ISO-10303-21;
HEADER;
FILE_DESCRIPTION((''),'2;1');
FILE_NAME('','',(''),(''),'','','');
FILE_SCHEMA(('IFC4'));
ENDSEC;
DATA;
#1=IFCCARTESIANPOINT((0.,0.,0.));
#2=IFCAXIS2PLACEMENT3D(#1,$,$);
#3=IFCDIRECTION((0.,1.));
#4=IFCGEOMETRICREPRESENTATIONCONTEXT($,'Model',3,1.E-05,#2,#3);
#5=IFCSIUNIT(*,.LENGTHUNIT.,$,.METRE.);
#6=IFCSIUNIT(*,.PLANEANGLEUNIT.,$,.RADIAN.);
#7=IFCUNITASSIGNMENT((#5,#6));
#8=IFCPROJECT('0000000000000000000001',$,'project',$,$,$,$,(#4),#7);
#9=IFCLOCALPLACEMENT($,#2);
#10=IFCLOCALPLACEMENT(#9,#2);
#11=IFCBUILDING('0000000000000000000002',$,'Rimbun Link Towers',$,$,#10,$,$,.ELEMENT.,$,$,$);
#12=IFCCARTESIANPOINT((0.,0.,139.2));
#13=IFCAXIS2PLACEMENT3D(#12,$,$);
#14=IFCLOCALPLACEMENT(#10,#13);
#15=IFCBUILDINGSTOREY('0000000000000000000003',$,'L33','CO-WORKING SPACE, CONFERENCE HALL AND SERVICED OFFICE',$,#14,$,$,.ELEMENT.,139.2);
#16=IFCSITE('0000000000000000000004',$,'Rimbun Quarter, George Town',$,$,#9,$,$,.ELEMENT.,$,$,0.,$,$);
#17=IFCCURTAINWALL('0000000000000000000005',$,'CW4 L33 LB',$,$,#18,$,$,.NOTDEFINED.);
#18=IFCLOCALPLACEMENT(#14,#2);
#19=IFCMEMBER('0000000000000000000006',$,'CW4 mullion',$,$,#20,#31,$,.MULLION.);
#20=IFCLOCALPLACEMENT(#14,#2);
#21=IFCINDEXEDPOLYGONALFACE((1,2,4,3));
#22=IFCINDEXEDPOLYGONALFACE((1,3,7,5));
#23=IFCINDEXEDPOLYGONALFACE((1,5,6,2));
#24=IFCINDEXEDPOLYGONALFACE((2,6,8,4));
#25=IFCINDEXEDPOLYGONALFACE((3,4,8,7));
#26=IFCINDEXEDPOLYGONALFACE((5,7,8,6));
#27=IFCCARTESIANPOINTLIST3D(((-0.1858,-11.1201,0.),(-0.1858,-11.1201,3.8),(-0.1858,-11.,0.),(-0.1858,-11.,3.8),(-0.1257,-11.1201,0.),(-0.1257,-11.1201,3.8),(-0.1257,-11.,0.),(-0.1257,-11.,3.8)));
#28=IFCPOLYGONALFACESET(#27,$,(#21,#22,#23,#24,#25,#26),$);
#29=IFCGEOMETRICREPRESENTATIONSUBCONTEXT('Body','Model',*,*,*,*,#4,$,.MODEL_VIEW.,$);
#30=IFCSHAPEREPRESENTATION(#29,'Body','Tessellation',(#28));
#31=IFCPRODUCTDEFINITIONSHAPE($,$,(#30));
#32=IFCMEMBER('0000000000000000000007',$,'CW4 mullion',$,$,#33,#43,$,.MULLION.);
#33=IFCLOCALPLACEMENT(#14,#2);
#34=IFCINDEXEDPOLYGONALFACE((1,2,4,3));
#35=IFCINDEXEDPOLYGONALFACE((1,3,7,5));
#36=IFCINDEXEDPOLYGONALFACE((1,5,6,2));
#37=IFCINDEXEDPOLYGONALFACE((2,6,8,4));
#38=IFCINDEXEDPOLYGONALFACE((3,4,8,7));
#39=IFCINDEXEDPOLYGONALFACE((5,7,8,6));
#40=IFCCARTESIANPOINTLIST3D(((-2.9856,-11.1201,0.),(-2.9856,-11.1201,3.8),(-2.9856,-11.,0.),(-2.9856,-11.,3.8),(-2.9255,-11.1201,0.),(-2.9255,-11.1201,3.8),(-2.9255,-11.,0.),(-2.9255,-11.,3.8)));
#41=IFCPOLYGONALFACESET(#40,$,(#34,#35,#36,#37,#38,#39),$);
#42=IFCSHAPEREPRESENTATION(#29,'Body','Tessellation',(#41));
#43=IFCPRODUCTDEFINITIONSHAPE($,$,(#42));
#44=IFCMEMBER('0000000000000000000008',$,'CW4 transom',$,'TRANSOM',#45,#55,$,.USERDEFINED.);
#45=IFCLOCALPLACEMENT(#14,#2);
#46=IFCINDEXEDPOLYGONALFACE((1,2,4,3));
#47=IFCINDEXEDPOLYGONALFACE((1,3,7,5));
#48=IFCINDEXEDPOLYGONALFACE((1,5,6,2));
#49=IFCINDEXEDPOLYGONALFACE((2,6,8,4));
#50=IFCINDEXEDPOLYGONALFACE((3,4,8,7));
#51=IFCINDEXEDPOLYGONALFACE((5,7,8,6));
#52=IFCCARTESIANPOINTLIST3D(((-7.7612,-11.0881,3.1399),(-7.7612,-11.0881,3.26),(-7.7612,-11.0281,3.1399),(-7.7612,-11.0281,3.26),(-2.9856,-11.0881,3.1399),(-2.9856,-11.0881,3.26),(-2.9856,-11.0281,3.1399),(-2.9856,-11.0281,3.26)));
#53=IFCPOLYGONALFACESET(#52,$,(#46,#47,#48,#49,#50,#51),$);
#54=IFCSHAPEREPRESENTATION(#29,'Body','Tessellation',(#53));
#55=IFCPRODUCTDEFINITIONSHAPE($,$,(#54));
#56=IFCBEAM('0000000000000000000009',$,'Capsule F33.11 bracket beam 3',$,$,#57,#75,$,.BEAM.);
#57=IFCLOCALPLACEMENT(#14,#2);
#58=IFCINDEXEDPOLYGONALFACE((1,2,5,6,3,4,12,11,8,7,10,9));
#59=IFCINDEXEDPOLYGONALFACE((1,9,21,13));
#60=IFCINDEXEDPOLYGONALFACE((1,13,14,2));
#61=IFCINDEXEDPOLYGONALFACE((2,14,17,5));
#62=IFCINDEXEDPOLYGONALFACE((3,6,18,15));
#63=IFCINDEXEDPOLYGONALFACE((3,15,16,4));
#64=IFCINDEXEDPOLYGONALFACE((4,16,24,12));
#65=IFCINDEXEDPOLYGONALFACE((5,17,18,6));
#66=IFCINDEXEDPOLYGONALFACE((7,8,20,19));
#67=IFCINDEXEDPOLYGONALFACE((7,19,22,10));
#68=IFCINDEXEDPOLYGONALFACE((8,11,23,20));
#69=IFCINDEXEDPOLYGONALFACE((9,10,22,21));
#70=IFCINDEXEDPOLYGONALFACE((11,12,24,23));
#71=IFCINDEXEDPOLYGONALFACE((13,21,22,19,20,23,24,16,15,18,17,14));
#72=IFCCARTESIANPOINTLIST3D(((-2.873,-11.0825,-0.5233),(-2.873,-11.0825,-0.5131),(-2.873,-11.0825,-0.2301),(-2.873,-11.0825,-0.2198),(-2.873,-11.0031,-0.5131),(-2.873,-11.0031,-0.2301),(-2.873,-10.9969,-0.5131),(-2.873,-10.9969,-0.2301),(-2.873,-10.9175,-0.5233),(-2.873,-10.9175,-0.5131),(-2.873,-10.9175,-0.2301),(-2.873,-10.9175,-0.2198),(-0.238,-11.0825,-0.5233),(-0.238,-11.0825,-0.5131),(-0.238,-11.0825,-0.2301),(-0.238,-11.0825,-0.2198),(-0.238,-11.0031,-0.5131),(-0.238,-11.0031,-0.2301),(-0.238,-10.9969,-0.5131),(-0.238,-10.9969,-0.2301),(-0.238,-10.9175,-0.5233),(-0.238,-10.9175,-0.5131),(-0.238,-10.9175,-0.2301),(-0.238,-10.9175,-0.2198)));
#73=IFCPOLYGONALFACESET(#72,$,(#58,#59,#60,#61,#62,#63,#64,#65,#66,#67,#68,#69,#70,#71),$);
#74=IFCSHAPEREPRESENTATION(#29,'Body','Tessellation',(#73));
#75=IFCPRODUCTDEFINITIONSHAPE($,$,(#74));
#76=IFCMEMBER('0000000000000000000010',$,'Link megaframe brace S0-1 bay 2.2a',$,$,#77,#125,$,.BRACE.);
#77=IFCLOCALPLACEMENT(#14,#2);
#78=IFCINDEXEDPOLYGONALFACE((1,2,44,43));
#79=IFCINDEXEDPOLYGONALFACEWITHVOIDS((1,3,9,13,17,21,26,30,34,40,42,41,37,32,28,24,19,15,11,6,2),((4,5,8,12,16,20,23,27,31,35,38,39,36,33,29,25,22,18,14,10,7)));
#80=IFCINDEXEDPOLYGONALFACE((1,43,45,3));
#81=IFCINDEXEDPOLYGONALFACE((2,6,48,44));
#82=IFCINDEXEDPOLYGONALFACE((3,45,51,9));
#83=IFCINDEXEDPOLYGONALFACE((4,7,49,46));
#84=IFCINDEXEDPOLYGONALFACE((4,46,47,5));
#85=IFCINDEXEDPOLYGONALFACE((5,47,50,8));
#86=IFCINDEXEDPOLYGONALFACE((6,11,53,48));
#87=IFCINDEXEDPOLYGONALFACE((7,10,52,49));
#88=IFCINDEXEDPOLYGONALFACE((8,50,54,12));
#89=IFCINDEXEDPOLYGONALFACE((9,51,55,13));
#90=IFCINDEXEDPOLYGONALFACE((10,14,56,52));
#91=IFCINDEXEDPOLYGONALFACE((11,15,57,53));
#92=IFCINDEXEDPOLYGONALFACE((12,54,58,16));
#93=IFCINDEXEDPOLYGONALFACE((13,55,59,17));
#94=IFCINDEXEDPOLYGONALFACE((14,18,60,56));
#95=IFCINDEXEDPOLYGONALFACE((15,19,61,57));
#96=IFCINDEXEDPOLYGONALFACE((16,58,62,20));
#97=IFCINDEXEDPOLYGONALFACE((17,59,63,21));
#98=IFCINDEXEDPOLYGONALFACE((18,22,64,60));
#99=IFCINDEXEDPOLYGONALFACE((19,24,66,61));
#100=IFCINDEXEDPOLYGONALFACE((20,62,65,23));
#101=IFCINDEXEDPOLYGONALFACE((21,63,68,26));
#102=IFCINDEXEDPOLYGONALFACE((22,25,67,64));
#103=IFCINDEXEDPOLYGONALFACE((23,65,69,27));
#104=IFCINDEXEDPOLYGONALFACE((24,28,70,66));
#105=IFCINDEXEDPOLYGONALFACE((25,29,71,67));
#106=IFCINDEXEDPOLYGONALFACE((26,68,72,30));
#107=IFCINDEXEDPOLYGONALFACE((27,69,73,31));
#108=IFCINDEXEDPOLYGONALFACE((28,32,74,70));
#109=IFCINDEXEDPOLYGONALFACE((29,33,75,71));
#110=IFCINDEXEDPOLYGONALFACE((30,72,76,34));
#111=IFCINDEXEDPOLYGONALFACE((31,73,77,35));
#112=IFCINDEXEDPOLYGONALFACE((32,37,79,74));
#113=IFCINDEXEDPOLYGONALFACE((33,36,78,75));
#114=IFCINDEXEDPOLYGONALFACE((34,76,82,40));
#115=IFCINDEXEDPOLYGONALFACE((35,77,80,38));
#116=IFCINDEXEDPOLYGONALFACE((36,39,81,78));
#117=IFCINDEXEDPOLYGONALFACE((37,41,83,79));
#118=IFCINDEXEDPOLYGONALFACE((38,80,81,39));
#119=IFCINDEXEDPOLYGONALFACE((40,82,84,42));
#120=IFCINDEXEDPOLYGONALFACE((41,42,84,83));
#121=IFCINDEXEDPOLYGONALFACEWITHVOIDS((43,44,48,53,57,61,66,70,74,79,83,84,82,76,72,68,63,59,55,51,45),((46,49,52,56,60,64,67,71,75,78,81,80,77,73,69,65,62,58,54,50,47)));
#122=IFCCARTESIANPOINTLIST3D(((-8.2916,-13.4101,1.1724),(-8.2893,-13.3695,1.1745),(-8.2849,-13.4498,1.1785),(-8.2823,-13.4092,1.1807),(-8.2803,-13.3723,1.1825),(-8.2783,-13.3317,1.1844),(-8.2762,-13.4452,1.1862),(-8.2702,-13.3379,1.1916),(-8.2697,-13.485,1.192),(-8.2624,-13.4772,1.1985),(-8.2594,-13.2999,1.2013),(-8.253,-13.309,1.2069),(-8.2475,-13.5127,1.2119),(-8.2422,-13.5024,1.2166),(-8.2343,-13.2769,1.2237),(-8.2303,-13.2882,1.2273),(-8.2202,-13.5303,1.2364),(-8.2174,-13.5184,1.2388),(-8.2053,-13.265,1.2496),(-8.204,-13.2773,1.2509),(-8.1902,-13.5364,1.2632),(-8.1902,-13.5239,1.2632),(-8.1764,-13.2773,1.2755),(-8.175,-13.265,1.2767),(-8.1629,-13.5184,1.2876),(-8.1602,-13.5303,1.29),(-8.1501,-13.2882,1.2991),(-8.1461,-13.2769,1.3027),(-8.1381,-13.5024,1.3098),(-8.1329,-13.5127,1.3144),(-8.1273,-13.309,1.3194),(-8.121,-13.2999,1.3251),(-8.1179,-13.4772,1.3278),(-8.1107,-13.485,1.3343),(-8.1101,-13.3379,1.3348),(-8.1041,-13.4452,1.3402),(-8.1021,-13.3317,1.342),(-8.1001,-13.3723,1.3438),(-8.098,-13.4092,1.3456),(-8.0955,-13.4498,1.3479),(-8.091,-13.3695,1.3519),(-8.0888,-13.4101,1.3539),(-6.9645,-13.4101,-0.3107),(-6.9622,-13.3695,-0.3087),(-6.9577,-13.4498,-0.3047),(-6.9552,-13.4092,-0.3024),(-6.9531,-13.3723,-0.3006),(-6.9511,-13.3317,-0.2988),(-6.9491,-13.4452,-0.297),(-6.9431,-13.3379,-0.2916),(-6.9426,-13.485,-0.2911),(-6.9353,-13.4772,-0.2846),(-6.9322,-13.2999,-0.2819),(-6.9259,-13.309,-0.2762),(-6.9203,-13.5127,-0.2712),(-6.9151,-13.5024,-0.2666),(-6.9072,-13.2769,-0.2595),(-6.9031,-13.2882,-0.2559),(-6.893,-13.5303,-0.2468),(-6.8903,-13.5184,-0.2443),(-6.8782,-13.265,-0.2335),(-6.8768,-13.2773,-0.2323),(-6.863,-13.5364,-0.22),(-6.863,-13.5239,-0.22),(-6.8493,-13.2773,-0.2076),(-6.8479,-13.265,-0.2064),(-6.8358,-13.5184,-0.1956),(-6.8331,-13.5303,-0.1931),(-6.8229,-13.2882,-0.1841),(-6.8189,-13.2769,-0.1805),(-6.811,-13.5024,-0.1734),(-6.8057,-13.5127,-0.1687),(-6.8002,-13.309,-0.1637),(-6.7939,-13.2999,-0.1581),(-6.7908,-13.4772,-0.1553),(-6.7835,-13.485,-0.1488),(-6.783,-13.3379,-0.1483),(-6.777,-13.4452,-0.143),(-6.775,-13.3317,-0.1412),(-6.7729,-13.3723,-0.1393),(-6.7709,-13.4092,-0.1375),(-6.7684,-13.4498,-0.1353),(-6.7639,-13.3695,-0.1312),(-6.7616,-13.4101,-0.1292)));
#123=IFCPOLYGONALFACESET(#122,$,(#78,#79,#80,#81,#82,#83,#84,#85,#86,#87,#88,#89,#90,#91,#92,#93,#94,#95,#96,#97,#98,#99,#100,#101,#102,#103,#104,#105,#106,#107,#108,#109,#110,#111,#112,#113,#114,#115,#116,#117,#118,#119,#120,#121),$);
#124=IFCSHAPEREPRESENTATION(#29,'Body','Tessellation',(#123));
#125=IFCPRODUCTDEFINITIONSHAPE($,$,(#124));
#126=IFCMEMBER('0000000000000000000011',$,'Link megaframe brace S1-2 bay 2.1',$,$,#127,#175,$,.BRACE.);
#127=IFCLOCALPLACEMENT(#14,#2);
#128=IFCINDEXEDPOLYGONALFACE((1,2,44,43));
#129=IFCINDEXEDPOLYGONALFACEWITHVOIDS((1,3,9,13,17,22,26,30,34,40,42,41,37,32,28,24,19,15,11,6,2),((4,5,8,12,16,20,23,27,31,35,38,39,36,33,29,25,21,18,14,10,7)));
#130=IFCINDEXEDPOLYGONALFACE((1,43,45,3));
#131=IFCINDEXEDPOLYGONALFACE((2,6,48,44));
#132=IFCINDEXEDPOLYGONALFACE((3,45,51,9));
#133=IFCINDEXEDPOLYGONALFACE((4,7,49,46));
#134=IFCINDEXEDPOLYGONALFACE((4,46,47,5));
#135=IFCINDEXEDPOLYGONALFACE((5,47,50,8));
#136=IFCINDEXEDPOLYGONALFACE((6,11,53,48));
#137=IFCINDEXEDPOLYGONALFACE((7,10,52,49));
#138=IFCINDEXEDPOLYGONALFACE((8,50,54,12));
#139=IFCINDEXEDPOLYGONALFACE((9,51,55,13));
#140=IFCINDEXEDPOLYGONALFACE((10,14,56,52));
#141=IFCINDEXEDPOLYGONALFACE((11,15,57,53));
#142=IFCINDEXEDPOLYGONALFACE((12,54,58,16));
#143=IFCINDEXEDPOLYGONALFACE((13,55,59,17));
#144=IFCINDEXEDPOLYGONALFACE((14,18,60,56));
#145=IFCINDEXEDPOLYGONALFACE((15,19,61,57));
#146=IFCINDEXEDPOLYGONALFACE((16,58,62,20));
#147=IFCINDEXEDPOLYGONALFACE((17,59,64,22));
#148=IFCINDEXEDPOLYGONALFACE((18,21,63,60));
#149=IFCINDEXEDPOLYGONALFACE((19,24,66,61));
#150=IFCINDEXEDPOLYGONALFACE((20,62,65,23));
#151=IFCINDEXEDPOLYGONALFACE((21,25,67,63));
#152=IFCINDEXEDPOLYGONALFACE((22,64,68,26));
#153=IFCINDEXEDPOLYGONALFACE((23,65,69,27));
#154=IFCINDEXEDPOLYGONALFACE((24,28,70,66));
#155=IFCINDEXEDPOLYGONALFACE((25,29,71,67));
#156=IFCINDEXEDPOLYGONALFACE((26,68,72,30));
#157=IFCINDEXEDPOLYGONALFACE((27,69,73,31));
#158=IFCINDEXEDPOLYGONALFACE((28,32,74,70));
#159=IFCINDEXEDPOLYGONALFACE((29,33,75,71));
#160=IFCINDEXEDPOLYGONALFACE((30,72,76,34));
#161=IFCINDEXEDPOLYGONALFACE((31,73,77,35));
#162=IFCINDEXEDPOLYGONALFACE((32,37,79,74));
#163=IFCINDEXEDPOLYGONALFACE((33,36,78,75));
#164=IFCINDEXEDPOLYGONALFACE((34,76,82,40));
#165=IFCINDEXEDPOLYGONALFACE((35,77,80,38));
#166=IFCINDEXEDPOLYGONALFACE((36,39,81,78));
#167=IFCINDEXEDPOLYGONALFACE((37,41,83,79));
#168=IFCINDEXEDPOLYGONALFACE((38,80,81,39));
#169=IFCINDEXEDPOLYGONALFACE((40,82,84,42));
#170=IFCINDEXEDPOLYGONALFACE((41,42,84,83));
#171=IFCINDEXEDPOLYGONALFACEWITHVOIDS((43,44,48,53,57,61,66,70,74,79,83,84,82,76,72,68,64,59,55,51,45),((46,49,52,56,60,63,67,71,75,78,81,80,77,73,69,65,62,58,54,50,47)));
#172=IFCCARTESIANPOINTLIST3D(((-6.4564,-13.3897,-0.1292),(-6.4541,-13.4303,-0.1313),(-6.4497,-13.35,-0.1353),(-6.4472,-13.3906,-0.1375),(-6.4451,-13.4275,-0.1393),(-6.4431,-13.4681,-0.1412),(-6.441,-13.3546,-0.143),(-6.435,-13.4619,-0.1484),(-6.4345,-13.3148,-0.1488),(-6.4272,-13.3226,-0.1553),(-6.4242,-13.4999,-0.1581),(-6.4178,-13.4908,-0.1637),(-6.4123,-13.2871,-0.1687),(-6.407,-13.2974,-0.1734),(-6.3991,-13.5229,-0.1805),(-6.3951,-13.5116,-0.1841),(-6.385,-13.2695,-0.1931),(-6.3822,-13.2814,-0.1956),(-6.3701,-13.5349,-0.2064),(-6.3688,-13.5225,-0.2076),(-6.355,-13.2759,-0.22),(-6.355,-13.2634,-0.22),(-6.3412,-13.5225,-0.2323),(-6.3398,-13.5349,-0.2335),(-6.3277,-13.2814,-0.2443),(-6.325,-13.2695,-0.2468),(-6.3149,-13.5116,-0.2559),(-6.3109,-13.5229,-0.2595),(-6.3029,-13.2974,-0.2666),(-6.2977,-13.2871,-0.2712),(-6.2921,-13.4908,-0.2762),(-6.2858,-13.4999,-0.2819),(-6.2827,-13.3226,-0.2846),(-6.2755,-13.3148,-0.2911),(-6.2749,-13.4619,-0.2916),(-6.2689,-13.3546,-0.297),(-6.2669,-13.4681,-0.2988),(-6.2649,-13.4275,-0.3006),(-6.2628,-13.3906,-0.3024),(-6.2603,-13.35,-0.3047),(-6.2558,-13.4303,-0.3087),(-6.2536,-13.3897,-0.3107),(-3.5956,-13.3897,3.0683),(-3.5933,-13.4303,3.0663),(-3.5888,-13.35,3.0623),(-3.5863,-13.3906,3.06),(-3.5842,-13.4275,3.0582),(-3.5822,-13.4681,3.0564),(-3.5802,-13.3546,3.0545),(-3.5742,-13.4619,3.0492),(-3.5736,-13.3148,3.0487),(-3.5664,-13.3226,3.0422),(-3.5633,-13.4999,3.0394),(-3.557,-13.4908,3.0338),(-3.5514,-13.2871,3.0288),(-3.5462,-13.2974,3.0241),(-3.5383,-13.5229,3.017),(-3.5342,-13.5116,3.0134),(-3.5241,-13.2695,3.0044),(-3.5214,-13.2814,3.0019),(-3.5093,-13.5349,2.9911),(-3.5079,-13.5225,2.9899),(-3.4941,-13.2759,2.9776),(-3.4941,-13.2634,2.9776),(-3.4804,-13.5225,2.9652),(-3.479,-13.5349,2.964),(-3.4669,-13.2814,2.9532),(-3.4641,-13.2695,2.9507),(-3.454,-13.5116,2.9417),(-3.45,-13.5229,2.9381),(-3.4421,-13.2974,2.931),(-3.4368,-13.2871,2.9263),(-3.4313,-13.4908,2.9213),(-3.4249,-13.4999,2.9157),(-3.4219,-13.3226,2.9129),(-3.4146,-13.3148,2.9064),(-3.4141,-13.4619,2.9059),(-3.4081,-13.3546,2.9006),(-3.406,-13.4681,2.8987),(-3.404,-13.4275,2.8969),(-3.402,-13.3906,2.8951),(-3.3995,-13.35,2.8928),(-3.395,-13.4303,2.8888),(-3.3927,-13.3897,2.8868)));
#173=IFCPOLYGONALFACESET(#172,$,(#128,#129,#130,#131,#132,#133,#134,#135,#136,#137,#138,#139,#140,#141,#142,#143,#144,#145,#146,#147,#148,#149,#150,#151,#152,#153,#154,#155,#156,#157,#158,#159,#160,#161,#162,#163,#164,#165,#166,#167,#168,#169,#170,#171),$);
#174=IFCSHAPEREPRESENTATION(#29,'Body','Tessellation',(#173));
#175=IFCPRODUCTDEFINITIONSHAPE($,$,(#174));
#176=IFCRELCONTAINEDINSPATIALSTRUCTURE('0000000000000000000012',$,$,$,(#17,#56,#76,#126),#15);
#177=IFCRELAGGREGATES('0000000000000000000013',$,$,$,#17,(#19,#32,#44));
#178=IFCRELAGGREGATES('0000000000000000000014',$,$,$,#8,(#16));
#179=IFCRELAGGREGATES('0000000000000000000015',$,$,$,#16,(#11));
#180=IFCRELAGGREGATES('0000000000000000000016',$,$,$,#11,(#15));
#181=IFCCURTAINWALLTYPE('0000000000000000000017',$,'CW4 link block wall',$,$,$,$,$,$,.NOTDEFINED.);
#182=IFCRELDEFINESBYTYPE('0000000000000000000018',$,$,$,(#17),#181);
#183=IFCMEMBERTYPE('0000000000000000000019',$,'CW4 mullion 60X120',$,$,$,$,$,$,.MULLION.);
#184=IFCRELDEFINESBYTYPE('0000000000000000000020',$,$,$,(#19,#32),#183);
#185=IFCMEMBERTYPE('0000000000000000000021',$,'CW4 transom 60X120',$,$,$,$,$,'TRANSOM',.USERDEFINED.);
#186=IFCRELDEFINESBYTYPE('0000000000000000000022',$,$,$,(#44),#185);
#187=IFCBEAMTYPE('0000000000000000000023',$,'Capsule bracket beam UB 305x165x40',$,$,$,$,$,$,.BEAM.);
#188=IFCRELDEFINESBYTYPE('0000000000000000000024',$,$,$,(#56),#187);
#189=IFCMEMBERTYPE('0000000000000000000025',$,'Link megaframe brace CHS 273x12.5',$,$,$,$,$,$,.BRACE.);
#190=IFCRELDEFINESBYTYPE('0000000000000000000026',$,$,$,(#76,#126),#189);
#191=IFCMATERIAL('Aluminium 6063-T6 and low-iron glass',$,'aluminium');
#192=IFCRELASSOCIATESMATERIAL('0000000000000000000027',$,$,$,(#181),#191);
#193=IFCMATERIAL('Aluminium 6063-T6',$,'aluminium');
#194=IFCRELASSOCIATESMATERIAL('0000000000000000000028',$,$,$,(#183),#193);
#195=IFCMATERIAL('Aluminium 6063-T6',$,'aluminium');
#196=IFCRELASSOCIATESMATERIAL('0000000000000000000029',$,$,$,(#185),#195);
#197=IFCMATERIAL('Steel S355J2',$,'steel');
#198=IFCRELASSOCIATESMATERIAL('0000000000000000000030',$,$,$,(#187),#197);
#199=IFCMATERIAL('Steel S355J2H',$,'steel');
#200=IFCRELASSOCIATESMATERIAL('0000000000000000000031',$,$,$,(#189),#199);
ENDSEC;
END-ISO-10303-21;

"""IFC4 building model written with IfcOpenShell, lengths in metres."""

from ifc_helpers import new_model, si_unit, direction, frame, origin, origin_2d, place, context, subcontext, project, spatial, rectangle, hollow_circle, i_section, extrude, material, material_profile, profile_set, type_object, element, aggregate, save


model = new_model("IFC4")

# Units and contexts
model_context = context("Model", 3, precision=1e-05, world=origin(), true_north=direction((0.0, 1.0)))
body_context = subcontext(model_context, "Body", "Model", "MODEL_VIEW")
ifc_project = project(units=[si_unit("LENGTHUNIT", "METRE"), si_unit("PLANEANGLEUNIT", "RADIAN")], contexts=[model_context])

# Site, building, storey
site_placement = place(None, origin())
site = spatial("IfcSite", under=ifc_project, at=site_placement, Name="Rimbun Quarter, George Town", CompositionType="ELEMENT", RefElevation=0.0)
building_placement = place(site_placement, origin())
building = spatial("IfcBuilding", under=site, at=building_placement, Name="Rimbun Link Towers", CompositionType="ELEMENT")
storey_placement = place(building_placement, frame((0.0, 0.0, 139.2)))
storey = spatial("IfcBuildingStorey", under=building, at=storey_placement, Name="L33", Description="CO-WORKING SPACE, CONFERENCE HALL AND SERVICED OFFICE", CompositionType="ELEMENT", Elevation=139.2)

# Curtain wall, members
ifc_material_1 = material(Name="Aluminium 6063-T6 and low-iron glass", Category="aluminium")
curtain_wall_type = type_object("IfcCurtainWallType", Name="CW4 link block wall", PredefinedType="NOTDEFINED", material=ifc_material_1)
curtain_wall_placement = place(storey_placement, origin())
curtain_wall = element("IfcCurtainWall", 1, at=curtain_wall_placement, inside=storey, type_object=curtain_wall_type, Name="CW4 L33 LB", PredefinedType="NOTDEFINED")
ifc_material_2 = material(Name="Aluminium 6063-T6", Category="aluminium")
ifc_material_profile_1 = material_profile(ifc_material_2, rectangle(XDim=0.1201, YDim=0.0601, at=origin_2d()), Name="MULLION 60X120")
ifc_profile_set_1 = profile_set([ifc_material_profile_1], Name="Aluminium 6063-T6")
member_type_1 = type_object("IfcMemberType", Name="CW4 mullion 60X120", PredefinedType="MULLION", material=ifc_profile_set_1)
member_1_placement = place(storey_placement, frame((-0.1558, -11.0601, 0.0), z_axis=(0.0, 0.0, 1.0), x_axis=(0.0, -1.0, 0.0)))
member_1 = element("IfcMember", 2, at=member_1_placement, type_object=member_type_1, Name="CW4 mullion", PredefinedType="MULLION", context=body_context, shape_type="SweptSolid", body=[
    extrude(rectangle(XDim=0.1201, YDim=0.0601, at=origin_2d()), origin(), (0.0, 0.0, 1.0), 3.8),
])
member_2_placement = place(storey_placement, frame((-2.9556, -11.0601, 0.0), z_axis=(0.0, 0.0, 1.0), x_axis=(0.0, -1.0, 0.0)))
member_2 = element("IfcMember", 3, at=member_2_placement, type_object=member_type_1, Name="CW4 mullion", PredefinedType="MULLION", context=body_context, shape_type="SweptSolid", body=[
    extrude(rectangle(XDim=0.1201, YDim=0.0601, at=origin_2d()), origin(), (0.0, 0.0, 1.0), 3.8),
])
ifc_material_3 = material(Name="Aluminium 6063-T6", Category="aluminium")
ifc_material_profile_2 = material_profile(ifc_material_3, rectangle(XDim=0.0601, YDim=0.1201, at=origin_2d()), Name="TRANSOM 60X120")
ifc_profile_set_2 = profile_set([ifc_material_profile_2], Name="Aluminium 6063-T6")
member_type_2 = type_object("IfcMemberType", Name="CW4 transom 60X120", ElementType="TRANSOM", PredefinedType="USERDEFINED", material=ifc_profile_set_2)
member_3_placement = place(storey_placement, frame((-2.9856, -11.0581, 3.2), z_axis=(-1.0, 0.0, 0.0), x_axis=(0.0, -1.0, 0.0)))
member_3 = element("IfcMember", 4, at=member_3_placement, type_object=member_type_2, Name="CW4 transom", ObjectType="TRANSOM", PredefinedType="USERDEFINED", context=body_context, shape_type="SweptSolid", body=[
    extrude(rectangle(XDim=0.0601, YDim=0.1201, at=origin_2d()), origin(), (0.0, 0.0, 1.0), 4.7756),
])

# Beam
ifc_material_4 = material(Name="Steel S355J2", Category="steel")
ifc_material_profile_3 = material_profile(ifc_material_4, i_section(OverallWidth=0.165, OverallDepth=0.3035, WebThickness=0.0061, FlangeThickness=0.0103, at=origin_2d()), Name="UB 305x165x40")
ifc_profile_set_3 = profile_set([ifc_material_profile_3], Name="Steel S355J2")
beam_type_1 = type_object("IfcBeamType", Name="Capsule bracket beam UB 305x165x40", PredefinedType="BEAM", material=ifc_profile_set_3)
beam_placement = place(storey_placement, frame((-2.873, -11.0, -0.3716), z_axis=(1.0, 0.0, 0.0), x_axis=(0.0, 1.0, 0.0)))
element("IfcBeam", 5, at=beam_placement, inside=storey, type_object=beam_type_1, Name="Capsule F33.11 bracket beam 3", PredefinedType="BEAM", context=body_context, shape_type="SweptSolid", body=[
    extrude(i_section(OverallWidth=0.165, OverallDepth=0.3035, WebThickness=0.0061, FlangeThickness=0.0103, at=origin_2d()), origin(), (0.0, 0.0, 1.0), 2.635),
])

# Members
ifc_material_5 = material(Name="Steel S355J2H", Category="steel")
ifc_material_profile_4 = material_profile(ifc_material_5, hollow_circle(Radius=0.1365, WallThickness=0.0125, at=origin_2d()), Name="CHS 273x12.5")
ifc_profile_set_4 = profile_set([ifc_material_profile_4], Name="Steel S355J2H")
member_type_3 = type_object("IfcMemberType", Name="Link megaframe brace CHS 273x12.5", PredefinedType="BRACE", material=ifc_profile_set_4)
member_4_placement = place(storey_placement, frame((-6.863, -13.3999, -0.22), z_axis=(-0.666827, 0.0, 0.745212), x_axis=(0.0, -1.0, 0.0)))
element("IfcMember", 6, at=member_4_placement, inside=storey, type_object=member_type_3, Name="Link megaframe brace S0-1 bay 2.2a", PredefinedType="BRACE", context=body_context, shape_type="SweptSolid", body=[
    extrude(hollow_circle(Radius=0.1365, WallThickness=0.0125, at=origin_2d()), origin(), (0.0, 0.0, 1.0), 1.9902),
])
member_5_placement = place(storey_placement, frame((-6.355, -13.3999, -0.22), z_axis=(0.666783, 0.0, 0.745252), x_axis=(0.0, 1.0, 0.0)))
element("IfcMember", 7, at=member_5_placement, inside=storey, type_object=member_type_3, Name="Link megaframe brace S1-2 bay 2.1", PredefinedType="BRACE", context=body_context, shape_type="SweptSolid", body=[
    extrude(hollow_circle(Radius=0.1365, WallThickness=0.0125, at=origin_2d()), origin(), (0.0, 0.0, 1.0), 4.2905),
])

aggregate(curtain_wall, [member_1, member_2, member_3])

save(model, "model.ifc")
